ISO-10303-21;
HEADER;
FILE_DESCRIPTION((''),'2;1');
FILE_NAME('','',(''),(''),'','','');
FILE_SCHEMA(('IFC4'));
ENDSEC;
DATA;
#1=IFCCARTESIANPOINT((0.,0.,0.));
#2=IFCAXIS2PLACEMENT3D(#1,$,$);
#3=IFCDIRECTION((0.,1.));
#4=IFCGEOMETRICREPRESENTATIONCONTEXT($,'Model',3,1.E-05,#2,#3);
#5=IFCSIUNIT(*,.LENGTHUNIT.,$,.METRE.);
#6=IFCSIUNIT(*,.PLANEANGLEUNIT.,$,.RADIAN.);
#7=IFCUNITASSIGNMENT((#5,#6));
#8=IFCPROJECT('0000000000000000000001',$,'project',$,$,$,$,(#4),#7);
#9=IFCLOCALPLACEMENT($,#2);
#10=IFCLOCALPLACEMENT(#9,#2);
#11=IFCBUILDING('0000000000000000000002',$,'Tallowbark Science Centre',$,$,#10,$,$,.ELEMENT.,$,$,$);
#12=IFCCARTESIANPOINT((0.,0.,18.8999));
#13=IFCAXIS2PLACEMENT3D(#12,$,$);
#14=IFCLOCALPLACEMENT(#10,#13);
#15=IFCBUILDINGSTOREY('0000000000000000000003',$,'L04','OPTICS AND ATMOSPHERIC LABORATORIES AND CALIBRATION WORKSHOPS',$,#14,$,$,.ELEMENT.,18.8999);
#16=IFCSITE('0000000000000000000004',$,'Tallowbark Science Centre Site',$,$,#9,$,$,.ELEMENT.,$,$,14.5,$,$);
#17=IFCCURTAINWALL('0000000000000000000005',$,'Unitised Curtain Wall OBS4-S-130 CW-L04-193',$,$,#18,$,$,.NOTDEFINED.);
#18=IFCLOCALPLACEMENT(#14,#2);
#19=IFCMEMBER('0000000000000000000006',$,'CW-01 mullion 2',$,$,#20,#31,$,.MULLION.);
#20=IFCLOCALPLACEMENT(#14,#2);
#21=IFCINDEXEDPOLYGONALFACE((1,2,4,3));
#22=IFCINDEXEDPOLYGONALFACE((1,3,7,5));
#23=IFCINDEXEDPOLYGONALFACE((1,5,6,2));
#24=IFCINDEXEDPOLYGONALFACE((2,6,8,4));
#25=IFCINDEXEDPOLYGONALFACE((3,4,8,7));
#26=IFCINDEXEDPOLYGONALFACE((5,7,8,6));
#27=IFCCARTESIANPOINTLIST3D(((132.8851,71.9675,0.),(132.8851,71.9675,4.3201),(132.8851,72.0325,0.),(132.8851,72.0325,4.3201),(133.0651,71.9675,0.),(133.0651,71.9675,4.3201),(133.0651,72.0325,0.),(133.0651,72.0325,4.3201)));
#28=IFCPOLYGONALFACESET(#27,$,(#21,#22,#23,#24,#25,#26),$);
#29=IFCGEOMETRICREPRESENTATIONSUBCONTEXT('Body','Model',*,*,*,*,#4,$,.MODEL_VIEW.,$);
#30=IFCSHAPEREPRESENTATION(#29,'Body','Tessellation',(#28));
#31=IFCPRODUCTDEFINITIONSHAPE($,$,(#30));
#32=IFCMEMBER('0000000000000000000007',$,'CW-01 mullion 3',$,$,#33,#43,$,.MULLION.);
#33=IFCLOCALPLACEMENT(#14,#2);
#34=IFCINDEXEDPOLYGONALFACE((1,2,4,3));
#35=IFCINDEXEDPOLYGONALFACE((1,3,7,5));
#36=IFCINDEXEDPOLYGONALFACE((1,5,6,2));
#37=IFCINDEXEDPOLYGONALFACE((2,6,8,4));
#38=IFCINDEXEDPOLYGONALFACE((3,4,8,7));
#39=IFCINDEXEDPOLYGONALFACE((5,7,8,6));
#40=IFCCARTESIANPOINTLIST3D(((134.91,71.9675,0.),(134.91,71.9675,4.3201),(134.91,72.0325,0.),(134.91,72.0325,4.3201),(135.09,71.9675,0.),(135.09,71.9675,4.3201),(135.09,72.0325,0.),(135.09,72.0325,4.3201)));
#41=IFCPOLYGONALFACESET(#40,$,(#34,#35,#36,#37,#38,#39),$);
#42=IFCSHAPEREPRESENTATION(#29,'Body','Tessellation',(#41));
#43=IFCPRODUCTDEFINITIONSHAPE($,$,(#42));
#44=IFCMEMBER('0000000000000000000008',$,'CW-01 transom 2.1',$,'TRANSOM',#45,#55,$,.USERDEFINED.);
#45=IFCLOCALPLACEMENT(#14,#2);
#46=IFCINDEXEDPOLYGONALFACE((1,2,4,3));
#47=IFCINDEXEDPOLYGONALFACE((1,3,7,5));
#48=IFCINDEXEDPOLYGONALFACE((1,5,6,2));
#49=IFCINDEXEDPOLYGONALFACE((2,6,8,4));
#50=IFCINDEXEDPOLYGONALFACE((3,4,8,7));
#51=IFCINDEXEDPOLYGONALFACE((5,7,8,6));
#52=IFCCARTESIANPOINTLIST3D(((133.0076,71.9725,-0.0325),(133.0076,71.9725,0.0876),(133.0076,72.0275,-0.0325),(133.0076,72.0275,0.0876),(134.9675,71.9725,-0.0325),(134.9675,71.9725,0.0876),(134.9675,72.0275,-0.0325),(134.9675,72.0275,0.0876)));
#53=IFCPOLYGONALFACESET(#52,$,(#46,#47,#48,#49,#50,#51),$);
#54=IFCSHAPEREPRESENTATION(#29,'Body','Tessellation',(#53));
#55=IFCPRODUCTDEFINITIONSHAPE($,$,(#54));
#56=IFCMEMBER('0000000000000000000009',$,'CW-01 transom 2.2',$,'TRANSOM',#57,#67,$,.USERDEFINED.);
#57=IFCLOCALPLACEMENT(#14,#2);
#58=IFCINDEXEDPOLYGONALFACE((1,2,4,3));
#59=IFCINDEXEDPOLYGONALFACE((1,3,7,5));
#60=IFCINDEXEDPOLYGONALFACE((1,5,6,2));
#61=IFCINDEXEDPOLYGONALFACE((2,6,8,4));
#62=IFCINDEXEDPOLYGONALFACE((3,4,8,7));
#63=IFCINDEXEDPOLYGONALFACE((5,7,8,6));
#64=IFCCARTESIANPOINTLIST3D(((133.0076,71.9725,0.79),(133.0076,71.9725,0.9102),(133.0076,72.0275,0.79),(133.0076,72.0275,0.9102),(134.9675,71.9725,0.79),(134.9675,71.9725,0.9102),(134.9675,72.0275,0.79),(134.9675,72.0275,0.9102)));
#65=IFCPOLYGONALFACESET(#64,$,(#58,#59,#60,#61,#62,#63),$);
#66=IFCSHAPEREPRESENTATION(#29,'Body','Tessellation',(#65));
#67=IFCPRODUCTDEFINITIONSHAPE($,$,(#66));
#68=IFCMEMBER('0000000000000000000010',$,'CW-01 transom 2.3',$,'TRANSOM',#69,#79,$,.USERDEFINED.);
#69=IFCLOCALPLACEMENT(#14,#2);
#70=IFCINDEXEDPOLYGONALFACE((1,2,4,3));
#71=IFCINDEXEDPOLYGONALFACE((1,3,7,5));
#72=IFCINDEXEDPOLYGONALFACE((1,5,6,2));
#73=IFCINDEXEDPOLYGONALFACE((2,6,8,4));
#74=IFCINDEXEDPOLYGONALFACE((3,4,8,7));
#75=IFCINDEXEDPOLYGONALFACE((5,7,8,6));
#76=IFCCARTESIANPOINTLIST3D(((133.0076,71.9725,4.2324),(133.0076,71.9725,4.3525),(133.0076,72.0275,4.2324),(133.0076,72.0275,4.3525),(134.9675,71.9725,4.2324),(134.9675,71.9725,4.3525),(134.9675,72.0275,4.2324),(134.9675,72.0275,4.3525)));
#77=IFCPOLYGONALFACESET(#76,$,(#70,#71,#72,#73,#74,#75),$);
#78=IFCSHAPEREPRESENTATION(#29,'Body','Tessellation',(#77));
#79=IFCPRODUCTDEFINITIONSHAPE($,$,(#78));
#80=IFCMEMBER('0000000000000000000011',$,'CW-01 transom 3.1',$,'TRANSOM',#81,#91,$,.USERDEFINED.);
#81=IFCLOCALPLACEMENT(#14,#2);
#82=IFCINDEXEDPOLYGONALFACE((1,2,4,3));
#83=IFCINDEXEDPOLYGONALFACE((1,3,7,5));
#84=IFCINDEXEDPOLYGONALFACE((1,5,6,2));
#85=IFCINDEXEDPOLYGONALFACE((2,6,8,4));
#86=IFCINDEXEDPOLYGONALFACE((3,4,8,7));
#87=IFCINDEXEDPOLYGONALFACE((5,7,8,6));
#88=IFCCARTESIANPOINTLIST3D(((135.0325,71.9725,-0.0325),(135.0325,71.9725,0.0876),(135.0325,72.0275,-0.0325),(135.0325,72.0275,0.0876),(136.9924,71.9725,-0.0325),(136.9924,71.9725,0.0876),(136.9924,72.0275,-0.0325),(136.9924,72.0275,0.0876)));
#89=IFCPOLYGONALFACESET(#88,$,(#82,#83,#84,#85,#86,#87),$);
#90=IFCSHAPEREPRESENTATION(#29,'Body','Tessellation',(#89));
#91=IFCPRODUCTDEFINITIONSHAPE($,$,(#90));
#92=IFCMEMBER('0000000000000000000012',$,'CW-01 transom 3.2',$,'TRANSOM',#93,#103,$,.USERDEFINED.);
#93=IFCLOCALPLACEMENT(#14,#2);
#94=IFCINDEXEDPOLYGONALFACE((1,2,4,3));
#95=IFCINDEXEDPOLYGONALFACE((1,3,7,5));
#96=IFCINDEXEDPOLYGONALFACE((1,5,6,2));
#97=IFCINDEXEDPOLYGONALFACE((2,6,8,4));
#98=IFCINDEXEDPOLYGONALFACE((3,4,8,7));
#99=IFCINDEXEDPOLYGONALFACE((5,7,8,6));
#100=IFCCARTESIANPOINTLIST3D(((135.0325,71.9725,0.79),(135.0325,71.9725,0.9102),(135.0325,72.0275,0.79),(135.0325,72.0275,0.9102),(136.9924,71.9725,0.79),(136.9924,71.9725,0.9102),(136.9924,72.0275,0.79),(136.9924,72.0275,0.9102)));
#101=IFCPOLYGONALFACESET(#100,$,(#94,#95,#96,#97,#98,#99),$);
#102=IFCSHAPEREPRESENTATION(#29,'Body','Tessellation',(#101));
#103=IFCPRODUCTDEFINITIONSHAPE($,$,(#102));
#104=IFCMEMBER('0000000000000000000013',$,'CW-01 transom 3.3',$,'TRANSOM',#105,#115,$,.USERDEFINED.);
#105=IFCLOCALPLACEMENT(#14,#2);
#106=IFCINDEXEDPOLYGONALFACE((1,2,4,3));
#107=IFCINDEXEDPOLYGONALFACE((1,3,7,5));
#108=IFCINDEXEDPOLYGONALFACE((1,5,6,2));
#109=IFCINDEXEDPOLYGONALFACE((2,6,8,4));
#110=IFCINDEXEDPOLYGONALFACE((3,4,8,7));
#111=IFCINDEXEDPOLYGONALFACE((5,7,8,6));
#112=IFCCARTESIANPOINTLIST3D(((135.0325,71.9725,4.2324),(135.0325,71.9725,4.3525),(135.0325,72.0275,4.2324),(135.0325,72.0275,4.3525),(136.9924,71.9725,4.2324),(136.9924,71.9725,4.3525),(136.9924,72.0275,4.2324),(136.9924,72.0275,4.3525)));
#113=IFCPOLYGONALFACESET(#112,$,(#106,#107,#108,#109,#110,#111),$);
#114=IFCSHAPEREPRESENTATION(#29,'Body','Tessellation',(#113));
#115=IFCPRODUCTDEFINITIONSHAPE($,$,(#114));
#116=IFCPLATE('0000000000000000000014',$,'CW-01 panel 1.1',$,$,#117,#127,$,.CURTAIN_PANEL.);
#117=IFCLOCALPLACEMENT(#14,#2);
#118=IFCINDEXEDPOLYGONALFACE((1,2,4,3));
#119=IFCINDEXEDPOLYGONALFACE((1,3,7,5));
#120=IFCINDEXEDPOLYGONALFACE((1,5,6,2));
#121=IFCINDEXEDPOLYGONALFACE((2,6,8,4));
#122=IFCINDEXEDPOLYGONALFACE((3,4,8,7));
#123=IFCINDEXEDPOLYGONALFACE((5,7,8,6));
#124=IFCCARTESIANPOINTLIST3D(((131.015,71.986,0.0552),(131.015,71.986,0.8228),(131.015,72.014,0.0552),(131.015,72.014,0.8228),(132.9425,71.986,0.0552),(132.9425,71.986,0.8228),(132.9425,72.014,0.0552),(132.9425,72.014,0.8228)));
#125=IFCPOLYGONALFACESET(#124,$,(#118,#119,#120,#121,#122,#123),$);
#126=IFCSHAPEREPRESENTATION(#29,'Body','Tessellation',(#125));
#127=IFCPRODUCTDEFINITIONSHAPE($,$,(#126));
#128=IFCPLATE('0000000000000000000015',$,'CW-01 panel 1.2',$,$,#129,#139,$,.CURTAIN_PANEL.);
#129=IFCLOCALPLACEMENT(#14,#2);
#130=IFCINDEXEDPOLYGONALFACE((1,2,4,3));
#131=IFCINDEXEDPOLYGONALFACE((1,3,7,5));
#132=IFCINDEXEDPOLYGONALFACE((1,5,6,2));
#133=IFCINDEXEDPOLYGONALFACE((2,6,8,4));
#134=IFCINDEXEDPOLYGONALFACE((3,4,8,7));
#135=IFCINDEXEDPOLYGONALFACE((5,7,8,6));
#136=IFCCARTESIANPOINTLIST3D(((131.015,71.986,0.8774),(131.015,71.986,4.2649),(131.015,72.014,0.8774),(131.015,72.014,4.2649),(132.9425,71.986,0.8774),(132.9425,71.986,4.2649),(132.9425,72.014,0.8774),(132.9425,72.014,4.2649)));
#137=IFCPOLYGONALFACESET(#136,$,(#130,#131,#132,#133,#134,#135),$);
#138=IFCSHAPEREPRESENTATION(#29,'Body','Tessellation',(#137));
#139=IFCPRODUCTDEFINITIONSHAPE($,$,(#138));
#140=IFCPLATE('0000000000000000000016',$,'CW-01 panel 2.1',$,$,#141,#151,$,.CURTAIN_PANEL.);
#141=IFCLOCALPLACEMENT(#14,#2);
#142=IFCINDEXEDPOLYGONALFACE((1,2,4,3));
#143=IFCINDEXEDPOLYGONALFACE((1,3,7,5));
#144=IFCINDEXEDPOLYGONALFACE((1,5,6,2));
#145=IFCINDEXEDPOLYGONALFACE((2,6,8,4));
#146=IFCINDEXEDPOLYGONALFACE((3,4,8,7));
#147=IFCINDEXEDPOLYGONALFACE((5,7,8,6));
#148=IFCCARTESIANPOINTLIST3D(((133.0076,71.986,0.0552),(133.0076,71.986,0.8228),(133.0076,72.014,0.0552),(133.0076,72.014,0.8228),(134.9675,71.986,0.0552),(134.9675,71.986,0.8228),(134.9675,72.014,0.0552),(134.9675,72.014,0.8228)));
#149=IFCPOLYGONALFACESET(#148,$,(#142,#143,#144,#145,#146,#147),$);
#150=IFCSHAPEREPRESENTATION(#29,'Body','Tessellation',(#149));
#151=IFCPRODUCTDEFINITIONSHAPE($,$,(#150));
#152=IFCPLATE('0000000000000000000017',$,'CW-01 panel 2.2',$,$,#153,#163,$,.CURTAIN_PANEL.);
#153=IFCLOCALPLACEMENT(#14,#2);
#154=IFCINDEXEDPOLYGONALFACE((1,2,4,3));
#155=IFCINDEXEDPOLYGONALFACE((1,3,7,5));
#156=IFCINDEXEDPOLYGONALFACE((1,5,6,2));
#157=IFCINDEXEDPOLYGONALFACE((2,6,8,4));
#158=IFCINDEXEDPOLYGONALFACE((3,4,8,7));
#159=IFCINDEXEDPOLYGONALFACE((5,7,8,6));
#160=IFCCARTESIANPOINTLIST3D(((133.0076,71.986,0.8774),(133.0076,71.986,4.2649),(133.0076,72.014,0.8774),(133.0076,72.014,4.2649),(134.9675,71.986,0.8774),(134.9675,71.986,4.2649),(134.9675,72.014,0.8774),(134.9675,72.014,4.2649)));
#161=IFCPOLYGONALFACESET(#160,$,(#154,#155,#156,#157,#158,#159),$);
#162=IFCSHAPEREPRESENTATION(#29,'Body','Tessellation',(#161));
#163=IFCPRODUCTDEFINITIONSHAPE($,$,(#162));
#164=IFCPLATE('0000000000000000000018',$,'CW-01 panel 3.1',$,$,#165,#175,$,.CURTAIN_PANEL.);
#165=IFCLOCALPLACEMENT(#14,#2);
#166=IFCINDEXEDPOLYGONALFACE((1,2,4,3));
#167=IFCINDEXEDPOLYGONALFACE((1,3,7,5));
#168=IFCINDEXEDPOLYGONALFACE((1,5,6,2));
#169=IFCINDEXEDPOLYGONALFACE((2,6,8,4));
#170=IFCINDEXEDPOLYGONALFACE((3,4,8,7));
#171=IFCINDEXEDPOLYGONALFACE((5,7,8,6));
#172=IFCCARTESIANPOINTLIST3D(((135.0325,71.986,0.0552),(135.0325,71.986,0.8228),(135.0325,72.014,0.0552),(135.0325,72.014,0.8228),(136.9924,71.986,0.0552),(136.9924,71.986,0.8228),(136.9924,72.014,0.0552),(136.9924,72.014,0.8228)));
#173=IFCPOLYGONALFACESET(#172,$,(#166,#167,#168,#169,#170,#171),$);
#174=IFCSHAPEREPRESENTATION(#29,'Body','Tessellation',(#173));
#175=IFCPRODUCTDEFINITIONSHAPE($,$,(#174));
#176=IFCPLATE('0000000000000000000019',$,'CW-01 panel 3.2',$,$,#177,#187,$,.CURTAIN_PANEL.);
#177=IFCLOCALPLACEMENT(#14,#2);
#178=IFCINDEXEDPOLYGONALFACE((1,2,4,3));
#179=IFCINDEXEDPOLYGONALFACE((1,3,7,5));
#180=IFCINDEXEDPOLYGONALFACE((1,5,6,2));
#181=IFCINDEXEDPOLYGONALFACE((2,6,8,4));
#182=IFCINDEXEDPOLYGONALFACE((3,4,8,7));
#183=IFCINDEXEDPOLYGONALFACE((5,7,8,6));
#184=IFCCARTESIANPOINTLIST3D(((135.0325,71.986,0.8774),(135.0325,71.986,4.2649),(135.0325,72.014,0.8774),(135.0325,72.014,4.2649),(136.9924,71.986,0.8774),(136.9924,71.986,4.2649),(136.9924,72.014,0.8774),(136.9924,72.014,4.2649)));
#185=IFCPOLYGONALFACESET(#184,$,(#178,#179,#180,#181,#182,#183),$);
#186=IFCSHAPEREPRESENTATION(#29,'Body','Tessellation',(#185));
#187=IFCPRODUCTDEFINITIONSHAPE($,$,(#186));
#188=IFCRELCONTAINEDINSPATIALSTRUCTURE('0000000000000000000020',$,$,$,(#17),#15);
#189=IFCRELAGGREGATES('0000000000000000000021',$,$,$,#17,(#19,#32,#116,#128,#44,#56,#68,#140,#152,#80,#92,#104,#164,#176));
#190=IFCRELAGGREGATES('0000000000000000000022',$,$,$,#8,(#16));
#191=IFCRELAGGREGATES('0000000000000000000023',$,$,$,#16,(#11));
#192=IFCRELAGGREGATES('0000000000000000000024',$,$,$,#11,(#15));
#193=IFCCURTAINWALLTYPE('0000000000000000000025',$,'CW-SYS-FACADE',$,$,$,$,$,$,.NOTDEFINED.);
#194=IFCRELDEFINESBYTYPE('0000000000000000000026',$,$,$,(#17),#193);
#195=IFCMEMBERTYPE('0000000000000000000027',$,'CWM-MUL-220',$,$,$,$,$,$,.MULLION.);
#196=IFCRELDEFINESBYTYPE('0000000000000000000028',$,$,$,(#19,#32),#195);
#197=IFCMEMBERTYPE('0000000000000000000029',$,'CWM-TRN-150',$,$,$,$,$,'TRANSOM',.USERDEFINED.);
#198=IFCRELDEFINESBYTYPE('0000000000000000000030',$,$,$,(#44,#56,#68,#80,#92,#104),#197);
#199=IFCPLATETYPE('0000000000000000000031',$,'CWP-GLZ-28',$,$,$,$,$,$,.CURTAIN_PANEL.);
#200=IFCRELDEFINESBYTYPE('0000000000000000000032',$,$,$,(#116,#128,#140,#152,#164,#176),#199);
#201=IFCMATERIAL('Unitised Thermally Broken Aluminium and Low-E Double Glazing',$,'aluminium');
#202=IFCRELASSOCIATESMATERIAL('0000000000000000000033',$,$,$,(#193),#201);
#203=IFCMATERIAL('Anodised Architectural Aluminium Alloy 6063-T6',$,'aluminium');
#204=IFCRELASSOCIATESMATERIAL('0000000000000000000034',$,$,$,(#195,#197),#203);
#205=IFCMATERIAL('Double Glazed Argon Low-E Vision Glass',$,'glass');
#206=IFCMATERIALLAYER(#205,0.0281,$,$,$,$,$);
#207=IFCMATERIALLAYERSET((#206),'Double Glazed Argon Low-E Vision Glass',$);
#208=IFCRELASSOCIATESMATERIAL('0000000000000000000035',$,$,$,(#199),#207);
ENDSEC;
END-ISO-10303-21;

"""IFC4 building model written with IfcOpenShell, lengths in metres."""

from ifc_helpers import new_model, si_unit, direction, frame, origin, origin_2d, place, context, subcontext, project, spatial, rectangle, extrude, material, layer, layer_set, material_profile, profile_set, type_object, element, aggregate, save


model = new_model("IFC4")

# Units and contexts
model_context = context("Model", 3, precision=1e-05, world=origin(), true_north=direction((0.0, 1.0)))
body_context = subcontext(model_context, "Body", "Model", "MODEL_VIEW")
ifc_project = project(units=[si_unit("LENGTHUNIT", "METRE"), si_unit("PLANEANGLEUNIT", "RADIAN")], contexts=[model_context])

# Site, building, storey
site_placement = place(None, origin())
site = spatial("IfcSite", under=ifc_project, at=site_placement, Name="Tallowbark Science Centre Site", CompositionType="ELEMENT", RefElevation=14.5)
building_placement = place(site_placement, origin())
building = spatial("IfcBuilding", under=site, at=building_placement, Name="Tallowbark Science Centre", CompositionType="ELEMENT")
storey_placement = place(building_placement, frame((0.0, 0.0, 18.8999)))
storey = spatial("IfcBuildingStorey", under=building, at=storey_placement, Name="L04", Description="OPTICS AND ATMOSPHERIC LABORATORIES AND CALIBRATION WORKSHOPS", CompositionType="ELEMENT", Elevation=18.8999)

# Curtain wall, members, plates
ifc_material_1 = material(Name="Unitised Thermally Broken Aluminium and Low-E Double Glazing", Category="aluminium")
curtain_wall_type = type_object("IfcCurtainWallType", Name="CW-SYS-FACADE", PredefinedType="NOTDEFINED", material=ifc_material_1)
curtain_wall_placement = place(storey_placement, origin())
curtain_wall = element("IfcCurtainWall", 1, at=curtain_wall_placement, inside=storey, type_object=curtain_wall_type, Name="Unitised Curtain Wall OBS4-S-130 CW-L04-193", PredefinedType="NOTDEFINED")
ifc_material_2 = material(Name="Anodised Architectural Aluminium Alloy 6063-T6", Category="aluminium")
ifc_material_profile_1 = material_profile(ifc_material_2, rectangle(XDim=0.0649, YDim=0.1799, at=origin_2d()), Name="ALU65x180")
ifc_profile_set_1 = profile_set([ifc_material_profile_1], Name="Anodised Architectural Aluminium Alloy 6063-T6")
member_type_1 = type_object("IfcMemberType", Name="CWM-MUL-220", PredefinedType="MULLION", material=ifc_profile_set_1)
member_1_placement = place(storey_placement, frame((132.9751, 72.0, 0.0), z_axis=(0.0, 0.0, 1.0), x_axis=(0.0, 1.0, 0.0)))
member_1 = element("IfcMember", 2, at=member_1_placement, type_object=member_type_1, Name="CW-01 mullion 2", PredefinedType="MULLION", context=body_context, shape_type="SweptSolid", body=[
    extrude(rectangle(XDim=0.0649, YDim=0.1799, at=origin_2d()), origin(), (0.0, 0.0, 1.0), 4.3201),
])
member_2_placement = place(storey_placement, frame((135.0, 72.0, 0.0), z_axis=(0.0, 0.0, 1.0), x_axis=(0.0, 1.0, 0.0)))
member_2 = element("IfcMember", 3, at=member_2_placement, type_object=member_type_1, Name="CW-01 mullion 3", PredefinedType="MULLION", context=body_context, shape_type="SweptSolid", body=[
    extrude(rectangle(XDim=0.0649, YDim=0.1799, at=origin_2d()), origin(), (0.0, 0.0, 1.0), 4.3201),
])
ifc_material_profile_2 = material_profile(ifc_material_2, rectangle(XDim=0.0549, YDim=0.1201, at=origin_2d()), Name="ALU55x120")
ifc_profile_set_2 = profile_set([ifc_material_profile_2], Name="Anodised Architectural Aluminium Alloy 6063-T6")
member_type_2 = type_object("IfcMemberType", Name="CWM-TRN-150", ElementType="TRANSOM", PredefinedType="USERDEFINED", material=ifc_profile_set_2)
member_3_placement = place(storey_placement, frame((133.0076, 72.0, 0.0276), z_axis=(1.0, 0.0, 0.0), x_axis=(0.0, 1.0, 0.0)))
member_3 = element("IfcMember", 4, at=member_3_placement, type_object=member_type_2, Name="CW-01 transom 2.1", ObjectType="TRANSOM", PredefinedType="USERDEFINED", context=body_context, shape_type="SweptSolid", body=[
    extrude(rectangle(XDim=0.0549, YDim=0.1201, at=origin_2d()), origin(), (0.0, 0.0, 1.0), 1.96),
])
member_4_placement = place(storey_placement, frame((133.0076, 72.0, 0.8501), z_axis=(1.0, 0.0, 0.0), x_axis=(0.0, 1.0, 0.0)))
member_4 = element("IfcMember", 5, at=member_4_placement, type_object=member_type_2, Name="CW-01 transom 2.2", ObjectType="TRANSOM", PredefinedType="USERDEFINED", context=body_context, shape_type="SweptSolid", body=[
    extrude(rectangle(XDim=0.0549, YDim=0.1201, at=origin_2d()), origin(), (0.0, 0.0, 1.0), 1.96),
])
member_5_placement = place(storey_placement, frame((133.0076, 72.0, 4.2925), z_axis=(1.0, 0.0, 0.0), x_axis=(0.0, 1.0, 0.0)))
member_5 = element("IfcMember", 6, at=member_5_placement, type_object=member_type_2, Name="CW-01 transom 2.3", ObjectType="TRANSOM", PredefinedType="USERDEFINED", context=body_context, shape_type="SweptSolid", body=[
    extrude(rectangle(XDim=0.0549, YDim=0.1201, at=origin_2d()), origin(), (0.0, 0.0, 1.0), 1.96),
])
member_6_placement = place(storey_placement, frame((135.0325, 72.0, 0.0276), z_axis=(1.0, 0.0, 0.0), x_axis=(0.0, 1.0, 0.0)))
member_6 = element("IfcMember", 7, at=member_6_placement, type_object=member_type_2, Name="CW-01 transom 3.1", ObjectType="TRANSOM", PredefinedType="USERDEFINED", context=body_context, shape_type="SweptSolid", body=[
    extrude(rectangle(XDim=0.0549, YDim=0.1201, at=origin_2d()), origin(), (0.0, 0.0, 1.0), 1.96),
])
member_7_placement = place(storey_placement, frame((135.0325, 72.0, 0.8501), z_axis=(1.0, 0.0, 0.0), x_axis=(0.0, 1.0, 0.0)))
member_7 = element("IfcMember", 8, at=member_7_placement, type_object=member_type_2, Name="CW-01 transom 3.2", ObjectType="TRANSOM", PredefinedType="USERDEFINED", context=body_context, shape_type="SweptSolid", body=[
    extrude(rectangle(XDim=0.0549, YDim=0.1201, at=origin_2d()), origin(), (0.0, 0.0, 1.0), 1.96),
])
member_8_placement = place(storey_placement, frame((135.0325, 72.0, 4.2925), z_axis=(1.0, 0.0, 0.0), x_axis=(0.0, 1.0, 0.0)))
member_8 = element("IfcMember", 9, at=member_8_placement, type_object=member_type_2, Name="CW-01 transom 3.3", ObjectType="TRANSOM", PredefinedType="USERDEFINED", context=body_context, shape_type="SweptSolid", body=[
    extrude(rectangle(XDim=0.0549, YDim=0.1201, at=origin_2d()), origin(), (0.0, 0.0, 1.0), 1.96),
])
ifc_material_3 = material(Name="Double Glazed Argon Low-E Vision Glass", Category="glass")
ifc_layer_1 = layer(ifc_material_3, 0.0281)
ifc_layer_set_1 = layer_set([ifc_layer_1], Name="Double Glazed Argon Low-E Vision Glass")
plate_type = type_object("IfcPlateType", Name="CWP-GLZ-28", PredefinedType="CURTAIN_PANEL", material=ifc_layer_set_1)
plate_1_placement = place(storey_placement, frame((131.9788, 72.0, 0.0552), z_axis=(0.0, 0.0, 1.0), x_axis=(1.0, 0.0, 0.0)))
plate_1 = element("IfcPlate", 10, at=plate_1_placement, type_object=plate_type, Name="CW-01 panel 1.1", PredefinedType="CURTAIN_PANEL", context=body_context, shape_type="SweptSolid", body=[
    extrude(rectangle(XDim=1.9275, YDim=0.0281, at=origin_2d()), origin(), (0.0, 0.0, 1.0), 0.7676),
])
plate_2_placement = place(storey_placement, frame((131.9788, 72.0, 0.8774), z_axis=(0.0, 0.0, 1.0), x_axis=(1.0, 0.0, 0.0)))
plate_2 = element("IfcPlate", 11, at=plate_2_placement, type_object=plate_type, Name="CW-01 panel 1.2", PredefinedType="CURTAIN_PANEL", context=body_context, shape_type="SweptSolid", body=[
    extrude(rectangle(XDim=1.9275, YDim=0.0281, at=origin_2d()), origin(), (0.0, 0.0, 1.0), 3.3875),
])
plate_3_placement = place(storey_placement, frame((133.9875, 72.0, 0.0552), z_axis=(0.0, 0.0, 1.0), x_axis=(1.0, 0.0, 0.0)))
plate_3 = element("IfcPlate", 12, at=plate_3_placement, type_object=plate_type, Name="CW-01 panel 2.1", PredefinedType="CURTAIN_PANEL", context=body_context, shape_type="SweptSolid", body=[
    extrude(rectangle(XDim=1.96, YDim=0.0281, at=origin_2d()), origin(), (0.0, 0.0, 1.0), 0.7676),
])
plate_4_placement = place(storey_placement, frame((133.9875, 72.0, 0.8774), z_axis=(0.0, 0.0, 1.0), x_axis=(1.0, 0.0, 0.0)))
plate_4 = element("IfcPlate", 13, at=plate_4_placement, type_object=plate_type, Name="CW-01 panel 2.2", PredefinedType="CURTAIN_PANEL", context=body_context, shape_type="SweptSolid", body=[
    extrude(rectangle(XDim=1.96, YDim=0.0281, at=origin_2d()), origin(), (0.0, 0.0, 1.0), 3.3875),
])
plate_5_placement = place(storey_placement, frame((136.0125, 72.0, 0.0552), z_axis=(0.0, 0.0, 1.0), x_axis=(1.0, 0.0, 0.0)))
plate_5 = element("IfcPlate", 14, at=plate_5_placement, type_object=plate_type, Name="CW-01 panel 3.1", PredefinedType="CURTAIN_PANEL", context=body_context, shape_type="SweptSolid", body=[
    extrude(rectangle(XDim=1.96, YDim=0.0281, at=origin_2d()), origin(), (0.0, 0.0, 1.0), 0.7676),
])
plate_6_placement = place(storey_placement, frame((136.0125, 72.0, 0.8774), z_axis=(0.0, 0.0, 1.0), x_axis=(1.0, 0.0, 0.0)))
plate_6 = element("IfcPlate", 15, at=plate_6_placement, type_object=plate_type, Name="CW-01 panel 3.2", PredefinedType="CURTAIN_PANEL", context=body_context, shape_type="SweptSolid", body=[
    extrude(rectangle(XDim=1.96, YDim=0.0281, at=origin_2d()), origin(), (0.0, 0.0, 1.0), 3.3875),
])
aggregate(curtain_wall, [member_1, member_2, plate_1, plate_2, member_3, member_4, member_5, plate_3, plate_4, member_6, member_7, member_8, plate_5, plate_6])

save(model, "model.ifc")
